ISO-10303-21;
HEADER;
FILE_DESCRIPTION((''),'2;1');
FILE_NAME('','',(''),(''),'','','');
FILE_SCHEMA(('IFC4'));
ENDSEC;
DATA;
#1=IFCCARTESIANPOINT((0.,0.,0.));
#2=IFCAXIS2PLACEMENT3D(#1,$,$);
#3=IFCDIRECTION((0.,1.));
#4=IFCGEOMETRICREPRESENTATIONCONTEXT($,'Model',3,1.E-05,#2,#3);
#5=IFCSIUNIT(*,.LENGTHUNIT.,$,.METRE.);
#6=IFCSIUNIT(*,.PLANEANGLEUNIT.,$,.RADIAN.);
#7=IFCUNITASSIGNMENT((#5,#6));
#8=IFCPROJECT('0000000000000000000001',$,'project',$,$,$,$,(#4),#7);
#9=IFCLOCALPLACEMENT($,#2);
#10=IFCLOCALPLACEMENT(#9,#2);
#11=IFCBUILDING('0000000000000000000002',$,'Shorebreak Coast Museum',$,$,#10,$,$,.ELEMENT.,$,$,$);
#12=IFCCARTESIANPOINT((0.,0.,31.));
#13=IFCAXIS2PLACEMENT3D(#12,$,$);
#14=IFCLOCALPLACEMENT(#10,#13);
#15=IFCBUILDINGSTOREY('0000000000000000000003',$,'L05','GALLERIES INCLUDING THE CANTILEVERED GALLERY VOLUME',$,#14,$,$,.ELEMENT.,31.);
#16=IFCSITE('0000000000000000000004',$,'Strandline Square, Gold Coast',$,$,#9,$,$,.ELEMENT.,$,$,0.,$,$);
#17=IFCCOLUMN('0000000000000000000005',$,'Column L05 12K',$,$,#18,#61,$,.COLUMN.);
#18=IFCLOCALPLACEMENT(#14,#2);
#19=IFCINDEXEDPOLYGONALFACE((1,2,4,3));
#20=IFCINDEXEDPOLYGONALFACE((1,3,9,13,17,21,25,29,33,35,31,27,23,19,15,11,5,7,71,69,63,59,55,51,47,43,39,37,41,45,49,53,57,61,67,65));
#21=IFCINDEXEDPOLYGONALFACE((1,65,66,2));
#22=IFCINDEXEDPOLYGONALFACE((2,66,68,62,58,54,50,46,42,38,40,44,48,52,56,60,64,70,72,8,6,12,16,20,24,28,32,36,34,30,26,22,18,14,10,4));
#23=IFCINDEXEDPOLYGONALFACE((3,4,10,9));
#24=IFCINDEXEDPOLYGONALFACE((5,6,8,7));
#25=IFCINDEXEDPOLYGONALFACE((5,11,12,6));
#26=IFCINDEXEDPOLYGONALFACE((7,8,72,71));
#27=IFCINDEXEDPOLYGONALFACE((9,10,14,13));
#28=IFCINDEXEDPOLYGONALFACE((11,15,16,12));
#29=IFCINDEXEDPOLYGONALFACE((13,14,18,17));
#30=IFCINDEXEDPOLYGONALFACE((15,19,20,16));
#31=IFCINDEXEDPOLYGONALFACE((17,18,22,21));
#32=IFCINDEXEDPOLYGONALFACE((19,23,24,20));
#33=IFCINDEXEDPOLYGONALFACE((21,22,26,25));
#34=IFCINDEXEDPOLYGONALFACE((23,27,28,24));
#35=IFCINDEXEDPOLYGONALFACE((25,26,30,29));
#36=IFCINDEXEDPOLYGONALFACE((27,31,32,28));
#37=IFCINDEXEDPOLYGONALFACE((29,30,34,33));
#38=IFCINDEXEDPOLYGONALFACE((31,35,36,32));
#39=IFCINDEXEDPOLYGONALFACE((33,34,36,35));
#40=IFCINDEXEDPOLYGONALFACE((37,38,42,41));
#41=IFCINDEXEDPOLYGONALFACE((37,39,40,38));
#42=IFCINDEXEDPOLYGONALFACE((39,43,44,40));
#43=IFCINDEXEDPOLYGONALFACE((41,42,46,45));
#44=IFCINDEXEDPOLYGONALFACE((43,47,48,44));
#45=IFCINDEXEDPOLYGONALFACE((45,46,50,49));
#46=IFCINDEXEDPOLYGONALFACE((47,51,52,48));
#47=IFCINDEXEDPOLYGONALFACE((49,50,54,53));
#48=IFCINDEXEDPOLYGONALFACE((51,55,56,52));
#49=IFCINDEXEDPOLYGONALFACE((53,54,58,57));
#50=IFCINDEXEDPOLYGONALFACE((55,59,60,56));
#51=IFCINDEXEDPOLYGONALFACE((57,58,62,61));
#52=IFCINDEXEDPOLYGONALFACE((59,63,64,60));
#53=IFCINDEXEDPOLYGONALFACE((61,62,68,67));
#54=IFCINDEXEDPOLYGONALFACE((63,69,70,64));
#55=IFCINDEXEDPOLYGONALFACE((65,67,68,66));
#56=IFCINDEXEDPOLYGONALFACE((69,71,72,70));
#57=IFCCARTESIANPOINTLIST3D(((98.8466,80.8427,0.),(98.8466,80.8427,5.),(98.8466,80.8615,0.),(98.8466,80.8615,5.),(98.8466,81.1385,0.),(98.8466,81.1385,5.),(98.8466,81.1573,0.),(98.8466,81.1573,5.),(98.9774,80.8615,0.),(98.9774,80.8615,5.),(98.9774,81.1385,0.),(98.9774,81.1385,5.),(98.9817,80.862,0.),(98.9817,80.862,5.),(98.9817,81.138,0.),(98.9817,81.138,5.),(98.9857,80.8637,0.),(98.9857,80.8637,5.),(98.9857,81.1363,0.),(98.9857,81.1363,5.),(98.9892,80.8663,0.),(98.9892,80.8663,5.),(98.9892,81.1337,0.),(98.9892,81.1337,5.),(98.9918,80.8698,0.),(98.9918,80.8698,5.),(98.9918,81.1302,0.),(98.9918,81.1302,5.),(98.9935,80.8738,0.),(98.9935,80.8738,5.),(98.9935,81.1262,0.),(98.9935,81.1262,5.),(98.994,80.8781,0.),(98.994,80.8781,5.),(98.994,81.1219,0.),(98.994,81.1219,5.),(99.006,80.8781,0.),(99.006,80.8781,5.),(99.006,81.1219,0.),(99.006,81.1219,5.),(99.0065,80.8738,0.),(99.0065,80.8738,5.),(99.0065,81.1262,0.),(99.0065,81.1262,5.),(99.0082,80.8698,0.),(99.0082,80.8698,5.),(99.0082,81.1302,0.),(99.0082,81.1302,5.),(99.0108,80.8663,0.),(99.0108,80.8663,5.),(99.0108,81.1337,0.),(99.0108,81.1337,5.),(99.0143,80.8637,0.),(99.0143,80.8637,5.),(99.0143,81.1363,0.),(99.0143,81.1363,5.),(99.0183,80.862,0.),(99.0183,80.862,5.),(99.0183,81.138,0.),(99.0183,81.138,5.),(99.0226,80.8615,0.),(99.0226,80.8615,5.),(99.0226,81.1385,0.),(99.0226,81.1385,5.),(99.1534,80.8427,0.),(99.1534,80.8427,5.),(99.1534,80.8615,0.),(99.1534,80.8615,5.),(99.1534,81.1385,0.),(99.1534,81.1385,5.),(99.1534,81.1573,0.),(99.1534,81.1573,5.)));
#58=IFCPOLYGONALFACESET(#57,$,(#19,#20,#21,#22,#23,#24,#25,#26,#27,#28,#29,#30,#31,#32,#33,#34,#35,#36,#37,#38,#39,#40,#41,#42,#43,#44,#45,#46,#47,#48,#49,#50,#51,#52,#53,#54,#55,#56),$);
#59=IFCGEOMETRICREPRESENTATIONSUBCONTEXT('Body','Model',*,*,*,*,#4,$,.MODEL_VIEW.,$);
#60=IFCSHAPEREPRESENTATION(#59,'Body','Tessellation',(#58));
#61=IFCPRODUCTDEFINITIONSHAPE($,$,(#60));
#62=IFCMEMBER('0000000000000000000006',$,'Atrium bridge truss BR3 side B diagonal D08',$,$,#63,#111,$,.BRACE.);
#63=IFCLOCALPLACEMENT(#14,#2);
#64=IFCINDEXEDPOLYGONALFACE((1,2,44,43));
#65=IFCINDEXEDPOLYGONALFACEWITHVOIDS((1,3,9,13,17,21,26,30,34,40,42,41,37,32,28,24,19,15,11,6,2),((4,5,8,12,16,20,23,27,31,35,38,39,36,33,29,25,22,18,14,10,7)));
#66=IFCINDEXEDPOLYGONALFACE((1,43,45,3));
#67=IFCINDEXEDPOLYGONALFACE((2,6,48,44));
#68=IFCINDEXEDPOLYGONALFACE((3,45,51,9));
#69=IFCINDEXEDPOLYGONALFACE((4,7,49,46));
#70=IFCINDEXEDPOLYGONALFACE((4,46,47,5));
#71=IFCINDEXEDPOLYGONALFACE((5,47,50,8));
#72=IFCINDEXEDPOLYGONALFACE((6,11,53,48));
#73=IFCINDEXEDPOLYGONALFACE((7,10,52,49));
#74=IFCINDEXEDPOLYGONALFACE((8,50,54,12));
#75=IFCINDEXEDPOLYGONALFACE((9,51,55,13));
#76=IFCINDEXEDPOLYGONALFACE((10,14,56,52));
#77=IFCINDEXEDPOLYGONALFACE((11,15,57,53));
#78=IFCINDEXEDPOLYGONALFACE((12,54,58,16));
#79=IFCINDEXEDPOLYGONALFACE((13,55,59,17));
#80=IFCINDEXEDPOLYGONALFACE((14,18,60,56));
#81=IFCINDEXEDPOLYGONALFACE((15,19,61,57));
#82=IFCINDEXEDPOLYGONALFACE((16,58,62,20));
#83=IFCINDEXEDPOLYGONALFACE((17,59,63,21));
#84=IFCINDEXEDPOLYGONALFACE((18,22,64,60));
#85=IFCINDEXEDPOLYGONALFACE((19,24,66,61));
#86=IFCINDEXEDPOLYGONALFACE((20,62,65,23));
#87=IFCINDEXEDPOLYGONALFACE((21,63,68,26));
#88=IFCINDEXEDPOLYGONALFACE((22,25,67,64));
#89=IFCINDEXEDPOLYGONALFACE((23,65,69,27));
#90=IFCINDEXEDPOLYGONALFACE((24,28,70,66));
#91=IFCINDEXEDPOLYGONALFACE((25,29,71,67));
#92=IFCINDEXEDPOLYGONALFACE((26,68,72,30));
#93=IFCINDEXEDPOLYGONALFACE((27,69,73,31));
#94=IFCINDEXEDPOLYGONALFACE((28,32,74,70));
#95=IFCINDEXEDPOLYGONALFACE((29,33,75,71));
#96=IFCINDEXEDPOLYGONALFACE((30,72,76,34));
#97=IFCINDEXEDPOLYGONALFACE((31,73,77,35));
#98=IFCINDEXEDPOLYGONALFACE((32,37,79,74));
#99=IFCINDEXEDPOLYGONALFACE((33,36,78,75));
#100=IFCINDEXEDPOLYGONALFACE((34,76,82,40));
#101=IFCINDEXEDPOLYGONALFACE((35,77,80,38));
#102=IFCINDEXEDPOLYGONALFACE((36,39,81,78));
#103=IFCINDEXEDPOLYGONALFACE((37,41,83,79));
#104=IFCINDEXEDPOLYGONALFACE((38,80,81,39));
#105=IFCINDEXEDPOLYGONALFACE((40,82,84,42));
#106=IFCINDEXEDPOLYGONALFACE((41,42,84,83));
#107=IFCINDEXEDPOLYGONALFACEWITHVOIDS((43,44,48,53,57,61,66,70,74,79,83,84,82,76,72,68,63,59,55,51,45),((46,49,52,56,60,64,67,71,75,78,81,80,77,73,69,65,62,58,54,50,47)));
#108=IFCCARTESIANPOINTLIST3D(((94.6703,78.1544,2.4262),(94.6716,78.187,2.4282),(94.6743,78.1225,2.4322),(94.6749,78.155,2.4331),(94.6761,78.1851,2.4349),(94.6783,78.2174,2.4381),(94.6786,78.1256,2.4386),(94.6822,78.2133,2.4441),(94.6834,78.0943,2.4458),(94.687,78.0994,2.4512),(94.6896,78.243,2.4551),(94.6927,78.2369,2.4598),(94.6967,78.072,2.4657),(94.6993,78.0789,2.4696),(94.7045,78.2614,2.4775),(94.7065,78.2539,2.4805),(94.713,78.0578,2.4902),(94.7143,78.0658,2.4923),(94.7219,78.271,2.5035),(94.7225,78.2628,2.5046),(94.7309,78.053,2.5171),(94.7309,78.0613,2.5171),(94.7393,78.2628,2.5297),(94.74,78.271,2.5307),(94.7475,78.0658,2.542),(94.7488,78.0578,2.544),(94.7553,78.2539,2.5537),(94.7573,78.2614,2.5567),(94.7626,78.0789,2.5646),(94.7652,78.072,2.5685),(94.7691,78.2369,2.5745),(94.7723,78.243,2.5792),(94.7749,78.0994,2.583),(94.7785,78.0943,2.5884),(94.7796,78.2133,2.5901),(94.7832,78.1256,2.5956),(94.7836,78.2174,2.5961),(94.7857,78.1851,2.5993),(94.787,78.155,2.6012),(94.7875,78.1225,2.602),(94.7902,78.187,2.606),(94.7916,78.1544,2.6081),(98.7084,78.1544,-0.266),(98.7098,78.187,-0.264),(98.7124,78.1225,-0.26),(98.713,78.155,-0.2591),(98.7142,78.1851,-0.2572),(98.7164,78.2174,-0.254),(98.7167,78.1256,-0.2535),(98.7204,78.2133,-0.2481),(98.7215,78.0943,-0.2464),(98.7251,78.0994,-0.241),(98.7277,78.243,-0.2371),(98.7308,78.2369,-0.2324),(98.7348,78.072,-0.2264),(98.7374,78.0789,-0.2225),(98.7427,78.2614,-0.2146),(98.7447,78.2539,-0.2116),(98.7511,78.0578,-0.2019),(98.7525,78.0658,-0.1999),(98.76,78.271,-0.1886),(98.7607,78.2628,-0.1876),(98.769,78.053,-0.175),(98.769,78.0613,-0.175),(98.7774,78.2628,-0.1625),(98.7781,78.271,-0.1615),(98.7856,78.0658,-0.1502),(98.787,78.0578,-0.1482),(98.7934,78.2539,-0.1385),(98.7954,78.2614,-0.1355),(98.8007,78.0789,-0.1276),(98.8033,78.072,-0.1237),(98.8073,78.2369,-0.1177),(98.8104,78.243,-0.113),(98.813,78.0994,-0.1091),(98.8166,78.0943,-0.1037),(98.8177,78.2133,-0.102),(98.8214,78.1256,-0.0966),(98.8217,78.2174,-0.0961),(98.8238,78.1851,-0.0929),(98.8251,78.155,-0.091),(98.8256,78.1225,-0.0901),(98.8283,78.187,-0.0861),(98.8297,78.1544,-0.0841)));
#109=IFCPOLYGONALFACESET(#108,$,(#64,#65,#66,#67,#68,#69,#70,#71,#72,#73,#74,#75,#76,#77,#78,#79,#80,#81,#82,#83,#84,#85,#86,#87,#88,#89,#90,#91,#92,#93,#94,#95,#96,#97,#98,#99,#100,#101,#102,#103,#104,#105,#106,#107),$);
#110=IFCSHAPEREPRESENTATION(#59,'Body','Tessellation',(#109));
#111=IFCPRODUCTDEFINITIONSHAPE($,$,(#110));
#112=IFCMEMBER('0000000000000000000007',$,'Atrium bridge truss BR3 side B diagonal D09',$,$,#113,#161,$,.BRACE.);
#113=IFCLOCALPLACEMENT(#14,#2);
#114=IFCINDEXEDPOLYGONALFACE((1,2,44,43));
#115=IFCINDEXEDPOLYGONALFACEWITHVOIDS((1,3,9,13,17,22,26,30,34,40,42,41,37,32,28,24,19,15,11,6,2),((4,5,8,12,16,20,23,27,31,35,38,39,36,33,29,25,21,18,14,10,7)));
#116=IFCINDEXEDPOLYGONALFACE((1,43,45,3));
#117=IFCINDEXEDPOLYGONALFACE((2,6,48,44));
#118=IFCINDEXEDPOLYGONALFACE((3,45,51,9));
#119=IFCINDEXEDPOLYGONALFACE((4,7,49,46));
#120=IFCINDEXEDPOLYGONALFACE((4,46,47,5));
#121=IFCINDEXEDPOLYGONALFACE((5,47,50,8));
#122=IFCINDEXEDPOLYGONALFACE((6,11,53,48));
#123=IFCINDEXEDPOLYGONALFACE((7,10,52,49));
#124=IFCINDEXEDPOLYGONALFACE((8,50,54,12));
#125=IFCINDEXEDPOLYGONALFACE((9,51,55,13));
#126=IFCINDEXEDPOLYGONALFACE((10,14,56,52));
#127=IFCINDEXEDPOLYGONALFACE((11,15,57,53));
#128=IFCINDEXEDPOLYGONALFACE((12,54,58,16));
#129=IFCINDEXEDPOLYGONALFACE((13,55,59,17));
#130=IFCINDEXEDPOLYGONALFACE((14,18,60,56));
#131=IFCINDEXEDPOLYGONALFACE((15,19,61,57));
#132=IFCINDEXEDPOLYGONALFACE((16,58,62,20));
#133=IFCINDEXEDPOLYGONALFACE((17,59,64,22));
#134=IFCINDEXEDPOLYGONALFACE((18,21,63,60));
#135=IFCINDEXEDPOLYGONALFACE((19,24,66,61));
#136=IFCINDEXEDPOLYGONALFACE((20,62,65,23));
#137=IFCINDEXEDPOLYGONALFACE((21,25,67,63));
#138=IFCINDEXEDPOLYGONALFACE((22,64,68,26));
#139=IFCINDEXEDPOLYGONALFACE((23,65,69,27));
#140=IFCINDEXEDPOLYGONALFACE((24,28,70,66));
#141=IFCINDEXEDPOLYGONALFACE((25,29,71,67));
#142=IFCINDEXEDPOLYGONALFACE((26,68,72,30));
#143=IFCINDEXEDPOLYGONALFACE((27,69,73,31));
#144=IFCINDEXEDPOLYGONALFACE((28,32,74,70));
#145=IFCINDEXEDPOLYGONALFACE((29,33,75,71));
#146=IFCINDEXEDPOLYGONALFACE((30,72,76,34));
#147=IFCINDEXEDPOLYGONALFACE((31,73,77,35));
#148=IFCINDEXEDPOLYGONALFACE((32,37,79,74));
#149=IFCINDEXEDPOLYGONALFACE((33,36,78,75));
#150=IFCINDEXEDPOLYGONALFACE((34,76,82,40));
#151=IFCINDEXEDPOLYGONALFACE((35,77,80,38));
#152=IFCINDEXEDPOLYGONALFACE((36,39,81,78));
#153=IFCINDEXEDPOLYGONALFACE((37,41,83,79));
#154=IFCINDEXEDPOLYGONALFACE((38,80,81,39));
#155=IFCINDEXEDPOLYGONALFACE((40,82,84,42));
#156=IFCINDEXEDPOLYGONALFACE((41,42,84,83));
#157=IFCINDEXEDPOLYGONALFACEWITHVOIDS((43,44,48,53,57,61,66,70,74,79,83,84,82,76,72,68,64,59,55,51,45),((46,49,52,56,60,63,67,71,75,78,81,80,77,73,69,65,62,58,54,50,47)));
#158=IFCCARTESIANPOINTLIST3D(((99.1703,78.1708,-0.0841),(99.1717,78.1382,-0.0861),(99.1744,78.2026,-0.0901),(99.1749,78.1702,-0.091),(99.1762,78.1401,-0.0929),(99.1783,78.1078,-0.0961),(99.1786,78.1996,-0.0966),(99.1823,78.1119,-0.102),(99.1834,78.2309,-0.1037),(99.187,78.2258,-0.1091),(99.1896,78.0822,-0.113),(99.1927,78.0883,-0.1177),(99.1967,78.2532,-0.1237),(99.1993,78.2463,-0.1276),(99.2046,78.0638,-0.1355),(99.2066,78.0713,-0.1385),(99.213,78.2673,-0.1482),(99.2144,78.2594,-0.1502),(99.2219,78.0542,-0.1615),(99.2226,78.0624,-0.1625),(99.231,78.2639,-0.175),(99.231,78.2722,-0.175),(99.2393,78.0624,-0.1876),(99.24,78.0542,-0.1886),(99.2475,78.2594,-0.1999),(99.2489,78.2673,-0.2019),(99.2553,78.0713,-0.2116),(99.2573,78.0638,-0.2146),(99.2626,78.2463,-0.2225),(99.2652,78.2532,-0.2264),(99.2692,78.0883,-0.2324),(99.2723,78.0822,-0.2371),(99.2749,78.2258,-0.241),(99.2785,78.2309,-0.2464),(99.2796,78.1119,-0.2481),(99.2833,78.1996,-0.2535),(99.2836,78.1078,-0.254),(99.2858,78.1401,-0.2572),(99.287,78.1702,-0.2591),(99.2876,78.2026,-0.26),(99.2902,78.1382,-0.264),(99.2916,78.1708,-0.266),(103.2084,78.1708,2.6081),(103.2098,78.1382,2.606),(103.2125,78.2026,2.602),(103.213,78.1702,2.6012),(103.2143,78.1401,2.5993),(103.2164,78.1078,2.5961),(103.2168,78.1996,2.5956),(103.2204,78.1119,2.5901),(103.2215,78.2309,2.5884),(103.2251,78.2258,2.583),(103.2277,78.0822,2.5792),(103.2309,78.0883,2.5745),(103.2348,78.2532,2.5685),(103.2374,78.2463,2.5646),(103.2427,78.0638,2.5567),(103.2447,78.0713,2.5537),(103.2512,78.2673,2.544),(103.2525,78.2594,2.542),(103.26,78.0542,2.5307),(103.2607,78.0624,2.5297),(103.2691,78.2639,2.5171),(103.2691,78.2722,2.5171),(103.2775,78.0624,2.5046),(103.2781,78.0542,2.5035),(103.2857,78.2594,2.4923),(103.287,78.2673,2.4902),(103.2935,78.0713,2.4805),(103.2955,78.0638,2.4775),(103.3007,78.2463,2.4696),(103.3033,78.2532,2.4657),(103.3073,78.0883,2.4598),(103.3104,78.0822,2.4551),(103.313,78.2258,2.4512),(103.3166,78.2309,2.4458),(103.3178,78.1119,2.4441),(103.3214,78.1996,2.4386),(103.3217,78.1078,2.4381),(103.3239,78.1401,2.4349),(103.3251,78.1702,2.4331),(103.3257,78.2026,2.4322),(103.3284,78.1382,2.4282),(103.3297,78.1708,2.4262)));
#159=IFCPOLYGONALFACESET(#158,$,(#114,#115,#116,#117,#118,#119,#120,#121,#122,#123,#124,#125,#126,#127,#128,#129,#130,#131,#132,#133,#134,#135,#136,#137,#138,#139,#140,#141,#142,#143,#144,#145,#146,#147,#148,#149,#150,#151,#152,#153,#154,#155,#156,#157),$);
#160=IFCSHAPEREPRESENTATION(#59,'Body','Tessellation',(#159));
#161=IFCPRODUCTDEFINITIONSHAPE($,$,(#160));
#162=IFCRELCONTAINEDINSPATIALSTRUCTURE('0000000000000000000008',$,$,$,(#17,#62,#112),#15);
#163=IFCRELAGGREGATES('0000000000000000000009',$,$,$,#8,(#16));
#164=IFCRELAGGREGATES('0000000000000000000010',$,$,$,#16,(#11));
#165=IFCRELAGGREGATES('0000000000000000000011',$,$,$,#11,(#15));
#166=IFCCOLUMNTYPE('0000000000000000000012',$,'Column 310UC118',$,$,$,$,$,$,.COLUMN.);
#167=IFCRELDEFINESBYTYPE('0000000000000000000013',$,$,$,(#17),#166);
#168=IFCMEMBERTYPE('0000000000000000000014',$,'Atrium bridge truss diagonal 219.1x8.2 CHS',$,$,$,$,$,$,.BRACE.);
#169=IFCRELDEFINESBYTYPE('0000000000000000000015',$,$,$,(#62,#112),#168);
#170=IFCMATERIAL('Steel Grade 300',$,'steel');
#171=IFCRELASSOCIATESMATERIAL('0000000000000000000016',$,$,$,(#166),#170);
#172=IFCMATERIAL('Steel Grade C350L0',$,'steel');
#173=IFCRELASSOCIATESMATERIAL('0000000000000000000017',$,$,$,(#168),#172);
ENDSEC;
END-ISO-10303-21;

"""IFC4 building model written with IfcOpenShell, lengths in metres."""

from ifc_helpers import new_model, si_unit, direction, frame, origin, origin_2d, place, context, subcontext, project, spatial, hollow_circle, i_section, extrude, material, material_profile, profile_set, type_object, element, save


model = new_model("IFC4")

# Units and contexts
model_context = context("Model", 3, precision=1e-05, world=origin(), true_north=direction((0.0, 1.0)))
body_context = subcontext(model_context, "Body", "Model", "MODEL_VIEW")
ifc_project = project(units=[si_unit("LENGTHUNIT", "METRE"), si_unit("PLANEANGLEUNIT", "RADIAN")], contexts=[model_context])

# Site, building, storey
site_placement = place(None, origin())
site = spatial("IfcSite", under=ifc_project, at=site_placement, Name="Strandline Square, Gold Coast", CompositionType="ELEMENT", RefElevation=0.0)
building_placement = place(site_placement, origin())
building = spatial("IfcBuilding", under=site, at=building_placement, Name="Shorebreak Coast Museum", CompositionType="ELEMENT")
storey_placement = place(building_placement, frame((0.0, 0.0, 31.0)))
storey = spatial("IfcBuildingStorey", under=building, at=storey_placement, Name="L05", Description="GALLERIES INCLUDING THE CANTILEVERED GALLERY VOLUME", CompositionType="ELEMENT", Elevation=31.0)

# Column
ifc_material_1 = material(Name="Steel Grade 300", Category="steel")
ifc_material_profile_1 = material_profile(ifc_material_1, i_section(OverallWidth=0.3069, OverallDepth=0.3147, WebThickness=0.012, FlangeThickness=0.0188, FilletRadius=0.0166, at=origin_2d()), Name="310UC118")
ifc_profile_set_1 = profile_set([ifc_material_profile_1], Name="Steel Grade 300")
column_type = type_object("IfcColumnType", Name="Column 310UC118", PredefinedType="COLUMN", material=ifc_profile_set_1)
column_placement = place(storey_placement, frame((99.0, 81.0, 0.0), z_axis=(0.0, 0.0, 1.0), x_axis=(1.0, 0.0, 0.0)))
element("IfcColumn", 1, at=column_placement, inside=storey, type_object=column_type, Name="Column L05 12K", PredefinedType="COLUMN", context=body_context, shape_type="SweptSolid", body=[
    extrude(i_section(OverallWidth=0.3069, OverallDepth=0.3147, WebThickness=0.012, FlangeThickness=0.0188, FilletRadius=0.0166, at=origin_2d()), origin(), (0.0, 0.0, 1.0), 5.0),
])

# Members
ifc_material_2 = material(Name="Steel Grade C350L0", Category="steel")
ifc_material_profile_2 = material_profile(ifc_material_2, hollow_circle(Radius=0.1096, WallThickness=0.0083, at=origin_2d()), Name="219.1x8.2 CHS")
ifc_profile_set_2 = profile_set([ifc_material_profile_2], Name="Steel Grade C350L0")
member_type_1 = type_object("IfcMemberType", Name="Atrium bridge truss diagonal 219.1x8.2 CHS", PredefinedType="BRACE", material=ifc_profile_set_2)
for number, where, z_axis, x_axis, name in (
    (2, (98.769, 78.1626, -0.175), (-0.832043, 0.0, 0.554712), (0.0, -1.0, 0.0), "Atrium bridge truss BR3 side B diagonal D08"),
    (3, (99.231, 78.1626, -0.175), (0.832043, 0.0, 0.554712), (0.0, 1.0, 0.0), "Atrium bridge truss BR3 side B diagonal D09"),
):
    element("IfcMember", number, at=place(storey_placement, frame(where, z_axis=z_axis, x_axis=x_axis)), inside=storey, type_object=member_type_1, Name=name, PredefinedType="BRACE", context=body_context, shape_type="SweptSolid", body=[
        extrude(hollow_circle(Radius=0.1096, WallThickness=0.0083, at=origin_2d()), origin(), (0.0, 0.0, 1.0), 4.8533),
    ])

save(model, "model.ifc")
